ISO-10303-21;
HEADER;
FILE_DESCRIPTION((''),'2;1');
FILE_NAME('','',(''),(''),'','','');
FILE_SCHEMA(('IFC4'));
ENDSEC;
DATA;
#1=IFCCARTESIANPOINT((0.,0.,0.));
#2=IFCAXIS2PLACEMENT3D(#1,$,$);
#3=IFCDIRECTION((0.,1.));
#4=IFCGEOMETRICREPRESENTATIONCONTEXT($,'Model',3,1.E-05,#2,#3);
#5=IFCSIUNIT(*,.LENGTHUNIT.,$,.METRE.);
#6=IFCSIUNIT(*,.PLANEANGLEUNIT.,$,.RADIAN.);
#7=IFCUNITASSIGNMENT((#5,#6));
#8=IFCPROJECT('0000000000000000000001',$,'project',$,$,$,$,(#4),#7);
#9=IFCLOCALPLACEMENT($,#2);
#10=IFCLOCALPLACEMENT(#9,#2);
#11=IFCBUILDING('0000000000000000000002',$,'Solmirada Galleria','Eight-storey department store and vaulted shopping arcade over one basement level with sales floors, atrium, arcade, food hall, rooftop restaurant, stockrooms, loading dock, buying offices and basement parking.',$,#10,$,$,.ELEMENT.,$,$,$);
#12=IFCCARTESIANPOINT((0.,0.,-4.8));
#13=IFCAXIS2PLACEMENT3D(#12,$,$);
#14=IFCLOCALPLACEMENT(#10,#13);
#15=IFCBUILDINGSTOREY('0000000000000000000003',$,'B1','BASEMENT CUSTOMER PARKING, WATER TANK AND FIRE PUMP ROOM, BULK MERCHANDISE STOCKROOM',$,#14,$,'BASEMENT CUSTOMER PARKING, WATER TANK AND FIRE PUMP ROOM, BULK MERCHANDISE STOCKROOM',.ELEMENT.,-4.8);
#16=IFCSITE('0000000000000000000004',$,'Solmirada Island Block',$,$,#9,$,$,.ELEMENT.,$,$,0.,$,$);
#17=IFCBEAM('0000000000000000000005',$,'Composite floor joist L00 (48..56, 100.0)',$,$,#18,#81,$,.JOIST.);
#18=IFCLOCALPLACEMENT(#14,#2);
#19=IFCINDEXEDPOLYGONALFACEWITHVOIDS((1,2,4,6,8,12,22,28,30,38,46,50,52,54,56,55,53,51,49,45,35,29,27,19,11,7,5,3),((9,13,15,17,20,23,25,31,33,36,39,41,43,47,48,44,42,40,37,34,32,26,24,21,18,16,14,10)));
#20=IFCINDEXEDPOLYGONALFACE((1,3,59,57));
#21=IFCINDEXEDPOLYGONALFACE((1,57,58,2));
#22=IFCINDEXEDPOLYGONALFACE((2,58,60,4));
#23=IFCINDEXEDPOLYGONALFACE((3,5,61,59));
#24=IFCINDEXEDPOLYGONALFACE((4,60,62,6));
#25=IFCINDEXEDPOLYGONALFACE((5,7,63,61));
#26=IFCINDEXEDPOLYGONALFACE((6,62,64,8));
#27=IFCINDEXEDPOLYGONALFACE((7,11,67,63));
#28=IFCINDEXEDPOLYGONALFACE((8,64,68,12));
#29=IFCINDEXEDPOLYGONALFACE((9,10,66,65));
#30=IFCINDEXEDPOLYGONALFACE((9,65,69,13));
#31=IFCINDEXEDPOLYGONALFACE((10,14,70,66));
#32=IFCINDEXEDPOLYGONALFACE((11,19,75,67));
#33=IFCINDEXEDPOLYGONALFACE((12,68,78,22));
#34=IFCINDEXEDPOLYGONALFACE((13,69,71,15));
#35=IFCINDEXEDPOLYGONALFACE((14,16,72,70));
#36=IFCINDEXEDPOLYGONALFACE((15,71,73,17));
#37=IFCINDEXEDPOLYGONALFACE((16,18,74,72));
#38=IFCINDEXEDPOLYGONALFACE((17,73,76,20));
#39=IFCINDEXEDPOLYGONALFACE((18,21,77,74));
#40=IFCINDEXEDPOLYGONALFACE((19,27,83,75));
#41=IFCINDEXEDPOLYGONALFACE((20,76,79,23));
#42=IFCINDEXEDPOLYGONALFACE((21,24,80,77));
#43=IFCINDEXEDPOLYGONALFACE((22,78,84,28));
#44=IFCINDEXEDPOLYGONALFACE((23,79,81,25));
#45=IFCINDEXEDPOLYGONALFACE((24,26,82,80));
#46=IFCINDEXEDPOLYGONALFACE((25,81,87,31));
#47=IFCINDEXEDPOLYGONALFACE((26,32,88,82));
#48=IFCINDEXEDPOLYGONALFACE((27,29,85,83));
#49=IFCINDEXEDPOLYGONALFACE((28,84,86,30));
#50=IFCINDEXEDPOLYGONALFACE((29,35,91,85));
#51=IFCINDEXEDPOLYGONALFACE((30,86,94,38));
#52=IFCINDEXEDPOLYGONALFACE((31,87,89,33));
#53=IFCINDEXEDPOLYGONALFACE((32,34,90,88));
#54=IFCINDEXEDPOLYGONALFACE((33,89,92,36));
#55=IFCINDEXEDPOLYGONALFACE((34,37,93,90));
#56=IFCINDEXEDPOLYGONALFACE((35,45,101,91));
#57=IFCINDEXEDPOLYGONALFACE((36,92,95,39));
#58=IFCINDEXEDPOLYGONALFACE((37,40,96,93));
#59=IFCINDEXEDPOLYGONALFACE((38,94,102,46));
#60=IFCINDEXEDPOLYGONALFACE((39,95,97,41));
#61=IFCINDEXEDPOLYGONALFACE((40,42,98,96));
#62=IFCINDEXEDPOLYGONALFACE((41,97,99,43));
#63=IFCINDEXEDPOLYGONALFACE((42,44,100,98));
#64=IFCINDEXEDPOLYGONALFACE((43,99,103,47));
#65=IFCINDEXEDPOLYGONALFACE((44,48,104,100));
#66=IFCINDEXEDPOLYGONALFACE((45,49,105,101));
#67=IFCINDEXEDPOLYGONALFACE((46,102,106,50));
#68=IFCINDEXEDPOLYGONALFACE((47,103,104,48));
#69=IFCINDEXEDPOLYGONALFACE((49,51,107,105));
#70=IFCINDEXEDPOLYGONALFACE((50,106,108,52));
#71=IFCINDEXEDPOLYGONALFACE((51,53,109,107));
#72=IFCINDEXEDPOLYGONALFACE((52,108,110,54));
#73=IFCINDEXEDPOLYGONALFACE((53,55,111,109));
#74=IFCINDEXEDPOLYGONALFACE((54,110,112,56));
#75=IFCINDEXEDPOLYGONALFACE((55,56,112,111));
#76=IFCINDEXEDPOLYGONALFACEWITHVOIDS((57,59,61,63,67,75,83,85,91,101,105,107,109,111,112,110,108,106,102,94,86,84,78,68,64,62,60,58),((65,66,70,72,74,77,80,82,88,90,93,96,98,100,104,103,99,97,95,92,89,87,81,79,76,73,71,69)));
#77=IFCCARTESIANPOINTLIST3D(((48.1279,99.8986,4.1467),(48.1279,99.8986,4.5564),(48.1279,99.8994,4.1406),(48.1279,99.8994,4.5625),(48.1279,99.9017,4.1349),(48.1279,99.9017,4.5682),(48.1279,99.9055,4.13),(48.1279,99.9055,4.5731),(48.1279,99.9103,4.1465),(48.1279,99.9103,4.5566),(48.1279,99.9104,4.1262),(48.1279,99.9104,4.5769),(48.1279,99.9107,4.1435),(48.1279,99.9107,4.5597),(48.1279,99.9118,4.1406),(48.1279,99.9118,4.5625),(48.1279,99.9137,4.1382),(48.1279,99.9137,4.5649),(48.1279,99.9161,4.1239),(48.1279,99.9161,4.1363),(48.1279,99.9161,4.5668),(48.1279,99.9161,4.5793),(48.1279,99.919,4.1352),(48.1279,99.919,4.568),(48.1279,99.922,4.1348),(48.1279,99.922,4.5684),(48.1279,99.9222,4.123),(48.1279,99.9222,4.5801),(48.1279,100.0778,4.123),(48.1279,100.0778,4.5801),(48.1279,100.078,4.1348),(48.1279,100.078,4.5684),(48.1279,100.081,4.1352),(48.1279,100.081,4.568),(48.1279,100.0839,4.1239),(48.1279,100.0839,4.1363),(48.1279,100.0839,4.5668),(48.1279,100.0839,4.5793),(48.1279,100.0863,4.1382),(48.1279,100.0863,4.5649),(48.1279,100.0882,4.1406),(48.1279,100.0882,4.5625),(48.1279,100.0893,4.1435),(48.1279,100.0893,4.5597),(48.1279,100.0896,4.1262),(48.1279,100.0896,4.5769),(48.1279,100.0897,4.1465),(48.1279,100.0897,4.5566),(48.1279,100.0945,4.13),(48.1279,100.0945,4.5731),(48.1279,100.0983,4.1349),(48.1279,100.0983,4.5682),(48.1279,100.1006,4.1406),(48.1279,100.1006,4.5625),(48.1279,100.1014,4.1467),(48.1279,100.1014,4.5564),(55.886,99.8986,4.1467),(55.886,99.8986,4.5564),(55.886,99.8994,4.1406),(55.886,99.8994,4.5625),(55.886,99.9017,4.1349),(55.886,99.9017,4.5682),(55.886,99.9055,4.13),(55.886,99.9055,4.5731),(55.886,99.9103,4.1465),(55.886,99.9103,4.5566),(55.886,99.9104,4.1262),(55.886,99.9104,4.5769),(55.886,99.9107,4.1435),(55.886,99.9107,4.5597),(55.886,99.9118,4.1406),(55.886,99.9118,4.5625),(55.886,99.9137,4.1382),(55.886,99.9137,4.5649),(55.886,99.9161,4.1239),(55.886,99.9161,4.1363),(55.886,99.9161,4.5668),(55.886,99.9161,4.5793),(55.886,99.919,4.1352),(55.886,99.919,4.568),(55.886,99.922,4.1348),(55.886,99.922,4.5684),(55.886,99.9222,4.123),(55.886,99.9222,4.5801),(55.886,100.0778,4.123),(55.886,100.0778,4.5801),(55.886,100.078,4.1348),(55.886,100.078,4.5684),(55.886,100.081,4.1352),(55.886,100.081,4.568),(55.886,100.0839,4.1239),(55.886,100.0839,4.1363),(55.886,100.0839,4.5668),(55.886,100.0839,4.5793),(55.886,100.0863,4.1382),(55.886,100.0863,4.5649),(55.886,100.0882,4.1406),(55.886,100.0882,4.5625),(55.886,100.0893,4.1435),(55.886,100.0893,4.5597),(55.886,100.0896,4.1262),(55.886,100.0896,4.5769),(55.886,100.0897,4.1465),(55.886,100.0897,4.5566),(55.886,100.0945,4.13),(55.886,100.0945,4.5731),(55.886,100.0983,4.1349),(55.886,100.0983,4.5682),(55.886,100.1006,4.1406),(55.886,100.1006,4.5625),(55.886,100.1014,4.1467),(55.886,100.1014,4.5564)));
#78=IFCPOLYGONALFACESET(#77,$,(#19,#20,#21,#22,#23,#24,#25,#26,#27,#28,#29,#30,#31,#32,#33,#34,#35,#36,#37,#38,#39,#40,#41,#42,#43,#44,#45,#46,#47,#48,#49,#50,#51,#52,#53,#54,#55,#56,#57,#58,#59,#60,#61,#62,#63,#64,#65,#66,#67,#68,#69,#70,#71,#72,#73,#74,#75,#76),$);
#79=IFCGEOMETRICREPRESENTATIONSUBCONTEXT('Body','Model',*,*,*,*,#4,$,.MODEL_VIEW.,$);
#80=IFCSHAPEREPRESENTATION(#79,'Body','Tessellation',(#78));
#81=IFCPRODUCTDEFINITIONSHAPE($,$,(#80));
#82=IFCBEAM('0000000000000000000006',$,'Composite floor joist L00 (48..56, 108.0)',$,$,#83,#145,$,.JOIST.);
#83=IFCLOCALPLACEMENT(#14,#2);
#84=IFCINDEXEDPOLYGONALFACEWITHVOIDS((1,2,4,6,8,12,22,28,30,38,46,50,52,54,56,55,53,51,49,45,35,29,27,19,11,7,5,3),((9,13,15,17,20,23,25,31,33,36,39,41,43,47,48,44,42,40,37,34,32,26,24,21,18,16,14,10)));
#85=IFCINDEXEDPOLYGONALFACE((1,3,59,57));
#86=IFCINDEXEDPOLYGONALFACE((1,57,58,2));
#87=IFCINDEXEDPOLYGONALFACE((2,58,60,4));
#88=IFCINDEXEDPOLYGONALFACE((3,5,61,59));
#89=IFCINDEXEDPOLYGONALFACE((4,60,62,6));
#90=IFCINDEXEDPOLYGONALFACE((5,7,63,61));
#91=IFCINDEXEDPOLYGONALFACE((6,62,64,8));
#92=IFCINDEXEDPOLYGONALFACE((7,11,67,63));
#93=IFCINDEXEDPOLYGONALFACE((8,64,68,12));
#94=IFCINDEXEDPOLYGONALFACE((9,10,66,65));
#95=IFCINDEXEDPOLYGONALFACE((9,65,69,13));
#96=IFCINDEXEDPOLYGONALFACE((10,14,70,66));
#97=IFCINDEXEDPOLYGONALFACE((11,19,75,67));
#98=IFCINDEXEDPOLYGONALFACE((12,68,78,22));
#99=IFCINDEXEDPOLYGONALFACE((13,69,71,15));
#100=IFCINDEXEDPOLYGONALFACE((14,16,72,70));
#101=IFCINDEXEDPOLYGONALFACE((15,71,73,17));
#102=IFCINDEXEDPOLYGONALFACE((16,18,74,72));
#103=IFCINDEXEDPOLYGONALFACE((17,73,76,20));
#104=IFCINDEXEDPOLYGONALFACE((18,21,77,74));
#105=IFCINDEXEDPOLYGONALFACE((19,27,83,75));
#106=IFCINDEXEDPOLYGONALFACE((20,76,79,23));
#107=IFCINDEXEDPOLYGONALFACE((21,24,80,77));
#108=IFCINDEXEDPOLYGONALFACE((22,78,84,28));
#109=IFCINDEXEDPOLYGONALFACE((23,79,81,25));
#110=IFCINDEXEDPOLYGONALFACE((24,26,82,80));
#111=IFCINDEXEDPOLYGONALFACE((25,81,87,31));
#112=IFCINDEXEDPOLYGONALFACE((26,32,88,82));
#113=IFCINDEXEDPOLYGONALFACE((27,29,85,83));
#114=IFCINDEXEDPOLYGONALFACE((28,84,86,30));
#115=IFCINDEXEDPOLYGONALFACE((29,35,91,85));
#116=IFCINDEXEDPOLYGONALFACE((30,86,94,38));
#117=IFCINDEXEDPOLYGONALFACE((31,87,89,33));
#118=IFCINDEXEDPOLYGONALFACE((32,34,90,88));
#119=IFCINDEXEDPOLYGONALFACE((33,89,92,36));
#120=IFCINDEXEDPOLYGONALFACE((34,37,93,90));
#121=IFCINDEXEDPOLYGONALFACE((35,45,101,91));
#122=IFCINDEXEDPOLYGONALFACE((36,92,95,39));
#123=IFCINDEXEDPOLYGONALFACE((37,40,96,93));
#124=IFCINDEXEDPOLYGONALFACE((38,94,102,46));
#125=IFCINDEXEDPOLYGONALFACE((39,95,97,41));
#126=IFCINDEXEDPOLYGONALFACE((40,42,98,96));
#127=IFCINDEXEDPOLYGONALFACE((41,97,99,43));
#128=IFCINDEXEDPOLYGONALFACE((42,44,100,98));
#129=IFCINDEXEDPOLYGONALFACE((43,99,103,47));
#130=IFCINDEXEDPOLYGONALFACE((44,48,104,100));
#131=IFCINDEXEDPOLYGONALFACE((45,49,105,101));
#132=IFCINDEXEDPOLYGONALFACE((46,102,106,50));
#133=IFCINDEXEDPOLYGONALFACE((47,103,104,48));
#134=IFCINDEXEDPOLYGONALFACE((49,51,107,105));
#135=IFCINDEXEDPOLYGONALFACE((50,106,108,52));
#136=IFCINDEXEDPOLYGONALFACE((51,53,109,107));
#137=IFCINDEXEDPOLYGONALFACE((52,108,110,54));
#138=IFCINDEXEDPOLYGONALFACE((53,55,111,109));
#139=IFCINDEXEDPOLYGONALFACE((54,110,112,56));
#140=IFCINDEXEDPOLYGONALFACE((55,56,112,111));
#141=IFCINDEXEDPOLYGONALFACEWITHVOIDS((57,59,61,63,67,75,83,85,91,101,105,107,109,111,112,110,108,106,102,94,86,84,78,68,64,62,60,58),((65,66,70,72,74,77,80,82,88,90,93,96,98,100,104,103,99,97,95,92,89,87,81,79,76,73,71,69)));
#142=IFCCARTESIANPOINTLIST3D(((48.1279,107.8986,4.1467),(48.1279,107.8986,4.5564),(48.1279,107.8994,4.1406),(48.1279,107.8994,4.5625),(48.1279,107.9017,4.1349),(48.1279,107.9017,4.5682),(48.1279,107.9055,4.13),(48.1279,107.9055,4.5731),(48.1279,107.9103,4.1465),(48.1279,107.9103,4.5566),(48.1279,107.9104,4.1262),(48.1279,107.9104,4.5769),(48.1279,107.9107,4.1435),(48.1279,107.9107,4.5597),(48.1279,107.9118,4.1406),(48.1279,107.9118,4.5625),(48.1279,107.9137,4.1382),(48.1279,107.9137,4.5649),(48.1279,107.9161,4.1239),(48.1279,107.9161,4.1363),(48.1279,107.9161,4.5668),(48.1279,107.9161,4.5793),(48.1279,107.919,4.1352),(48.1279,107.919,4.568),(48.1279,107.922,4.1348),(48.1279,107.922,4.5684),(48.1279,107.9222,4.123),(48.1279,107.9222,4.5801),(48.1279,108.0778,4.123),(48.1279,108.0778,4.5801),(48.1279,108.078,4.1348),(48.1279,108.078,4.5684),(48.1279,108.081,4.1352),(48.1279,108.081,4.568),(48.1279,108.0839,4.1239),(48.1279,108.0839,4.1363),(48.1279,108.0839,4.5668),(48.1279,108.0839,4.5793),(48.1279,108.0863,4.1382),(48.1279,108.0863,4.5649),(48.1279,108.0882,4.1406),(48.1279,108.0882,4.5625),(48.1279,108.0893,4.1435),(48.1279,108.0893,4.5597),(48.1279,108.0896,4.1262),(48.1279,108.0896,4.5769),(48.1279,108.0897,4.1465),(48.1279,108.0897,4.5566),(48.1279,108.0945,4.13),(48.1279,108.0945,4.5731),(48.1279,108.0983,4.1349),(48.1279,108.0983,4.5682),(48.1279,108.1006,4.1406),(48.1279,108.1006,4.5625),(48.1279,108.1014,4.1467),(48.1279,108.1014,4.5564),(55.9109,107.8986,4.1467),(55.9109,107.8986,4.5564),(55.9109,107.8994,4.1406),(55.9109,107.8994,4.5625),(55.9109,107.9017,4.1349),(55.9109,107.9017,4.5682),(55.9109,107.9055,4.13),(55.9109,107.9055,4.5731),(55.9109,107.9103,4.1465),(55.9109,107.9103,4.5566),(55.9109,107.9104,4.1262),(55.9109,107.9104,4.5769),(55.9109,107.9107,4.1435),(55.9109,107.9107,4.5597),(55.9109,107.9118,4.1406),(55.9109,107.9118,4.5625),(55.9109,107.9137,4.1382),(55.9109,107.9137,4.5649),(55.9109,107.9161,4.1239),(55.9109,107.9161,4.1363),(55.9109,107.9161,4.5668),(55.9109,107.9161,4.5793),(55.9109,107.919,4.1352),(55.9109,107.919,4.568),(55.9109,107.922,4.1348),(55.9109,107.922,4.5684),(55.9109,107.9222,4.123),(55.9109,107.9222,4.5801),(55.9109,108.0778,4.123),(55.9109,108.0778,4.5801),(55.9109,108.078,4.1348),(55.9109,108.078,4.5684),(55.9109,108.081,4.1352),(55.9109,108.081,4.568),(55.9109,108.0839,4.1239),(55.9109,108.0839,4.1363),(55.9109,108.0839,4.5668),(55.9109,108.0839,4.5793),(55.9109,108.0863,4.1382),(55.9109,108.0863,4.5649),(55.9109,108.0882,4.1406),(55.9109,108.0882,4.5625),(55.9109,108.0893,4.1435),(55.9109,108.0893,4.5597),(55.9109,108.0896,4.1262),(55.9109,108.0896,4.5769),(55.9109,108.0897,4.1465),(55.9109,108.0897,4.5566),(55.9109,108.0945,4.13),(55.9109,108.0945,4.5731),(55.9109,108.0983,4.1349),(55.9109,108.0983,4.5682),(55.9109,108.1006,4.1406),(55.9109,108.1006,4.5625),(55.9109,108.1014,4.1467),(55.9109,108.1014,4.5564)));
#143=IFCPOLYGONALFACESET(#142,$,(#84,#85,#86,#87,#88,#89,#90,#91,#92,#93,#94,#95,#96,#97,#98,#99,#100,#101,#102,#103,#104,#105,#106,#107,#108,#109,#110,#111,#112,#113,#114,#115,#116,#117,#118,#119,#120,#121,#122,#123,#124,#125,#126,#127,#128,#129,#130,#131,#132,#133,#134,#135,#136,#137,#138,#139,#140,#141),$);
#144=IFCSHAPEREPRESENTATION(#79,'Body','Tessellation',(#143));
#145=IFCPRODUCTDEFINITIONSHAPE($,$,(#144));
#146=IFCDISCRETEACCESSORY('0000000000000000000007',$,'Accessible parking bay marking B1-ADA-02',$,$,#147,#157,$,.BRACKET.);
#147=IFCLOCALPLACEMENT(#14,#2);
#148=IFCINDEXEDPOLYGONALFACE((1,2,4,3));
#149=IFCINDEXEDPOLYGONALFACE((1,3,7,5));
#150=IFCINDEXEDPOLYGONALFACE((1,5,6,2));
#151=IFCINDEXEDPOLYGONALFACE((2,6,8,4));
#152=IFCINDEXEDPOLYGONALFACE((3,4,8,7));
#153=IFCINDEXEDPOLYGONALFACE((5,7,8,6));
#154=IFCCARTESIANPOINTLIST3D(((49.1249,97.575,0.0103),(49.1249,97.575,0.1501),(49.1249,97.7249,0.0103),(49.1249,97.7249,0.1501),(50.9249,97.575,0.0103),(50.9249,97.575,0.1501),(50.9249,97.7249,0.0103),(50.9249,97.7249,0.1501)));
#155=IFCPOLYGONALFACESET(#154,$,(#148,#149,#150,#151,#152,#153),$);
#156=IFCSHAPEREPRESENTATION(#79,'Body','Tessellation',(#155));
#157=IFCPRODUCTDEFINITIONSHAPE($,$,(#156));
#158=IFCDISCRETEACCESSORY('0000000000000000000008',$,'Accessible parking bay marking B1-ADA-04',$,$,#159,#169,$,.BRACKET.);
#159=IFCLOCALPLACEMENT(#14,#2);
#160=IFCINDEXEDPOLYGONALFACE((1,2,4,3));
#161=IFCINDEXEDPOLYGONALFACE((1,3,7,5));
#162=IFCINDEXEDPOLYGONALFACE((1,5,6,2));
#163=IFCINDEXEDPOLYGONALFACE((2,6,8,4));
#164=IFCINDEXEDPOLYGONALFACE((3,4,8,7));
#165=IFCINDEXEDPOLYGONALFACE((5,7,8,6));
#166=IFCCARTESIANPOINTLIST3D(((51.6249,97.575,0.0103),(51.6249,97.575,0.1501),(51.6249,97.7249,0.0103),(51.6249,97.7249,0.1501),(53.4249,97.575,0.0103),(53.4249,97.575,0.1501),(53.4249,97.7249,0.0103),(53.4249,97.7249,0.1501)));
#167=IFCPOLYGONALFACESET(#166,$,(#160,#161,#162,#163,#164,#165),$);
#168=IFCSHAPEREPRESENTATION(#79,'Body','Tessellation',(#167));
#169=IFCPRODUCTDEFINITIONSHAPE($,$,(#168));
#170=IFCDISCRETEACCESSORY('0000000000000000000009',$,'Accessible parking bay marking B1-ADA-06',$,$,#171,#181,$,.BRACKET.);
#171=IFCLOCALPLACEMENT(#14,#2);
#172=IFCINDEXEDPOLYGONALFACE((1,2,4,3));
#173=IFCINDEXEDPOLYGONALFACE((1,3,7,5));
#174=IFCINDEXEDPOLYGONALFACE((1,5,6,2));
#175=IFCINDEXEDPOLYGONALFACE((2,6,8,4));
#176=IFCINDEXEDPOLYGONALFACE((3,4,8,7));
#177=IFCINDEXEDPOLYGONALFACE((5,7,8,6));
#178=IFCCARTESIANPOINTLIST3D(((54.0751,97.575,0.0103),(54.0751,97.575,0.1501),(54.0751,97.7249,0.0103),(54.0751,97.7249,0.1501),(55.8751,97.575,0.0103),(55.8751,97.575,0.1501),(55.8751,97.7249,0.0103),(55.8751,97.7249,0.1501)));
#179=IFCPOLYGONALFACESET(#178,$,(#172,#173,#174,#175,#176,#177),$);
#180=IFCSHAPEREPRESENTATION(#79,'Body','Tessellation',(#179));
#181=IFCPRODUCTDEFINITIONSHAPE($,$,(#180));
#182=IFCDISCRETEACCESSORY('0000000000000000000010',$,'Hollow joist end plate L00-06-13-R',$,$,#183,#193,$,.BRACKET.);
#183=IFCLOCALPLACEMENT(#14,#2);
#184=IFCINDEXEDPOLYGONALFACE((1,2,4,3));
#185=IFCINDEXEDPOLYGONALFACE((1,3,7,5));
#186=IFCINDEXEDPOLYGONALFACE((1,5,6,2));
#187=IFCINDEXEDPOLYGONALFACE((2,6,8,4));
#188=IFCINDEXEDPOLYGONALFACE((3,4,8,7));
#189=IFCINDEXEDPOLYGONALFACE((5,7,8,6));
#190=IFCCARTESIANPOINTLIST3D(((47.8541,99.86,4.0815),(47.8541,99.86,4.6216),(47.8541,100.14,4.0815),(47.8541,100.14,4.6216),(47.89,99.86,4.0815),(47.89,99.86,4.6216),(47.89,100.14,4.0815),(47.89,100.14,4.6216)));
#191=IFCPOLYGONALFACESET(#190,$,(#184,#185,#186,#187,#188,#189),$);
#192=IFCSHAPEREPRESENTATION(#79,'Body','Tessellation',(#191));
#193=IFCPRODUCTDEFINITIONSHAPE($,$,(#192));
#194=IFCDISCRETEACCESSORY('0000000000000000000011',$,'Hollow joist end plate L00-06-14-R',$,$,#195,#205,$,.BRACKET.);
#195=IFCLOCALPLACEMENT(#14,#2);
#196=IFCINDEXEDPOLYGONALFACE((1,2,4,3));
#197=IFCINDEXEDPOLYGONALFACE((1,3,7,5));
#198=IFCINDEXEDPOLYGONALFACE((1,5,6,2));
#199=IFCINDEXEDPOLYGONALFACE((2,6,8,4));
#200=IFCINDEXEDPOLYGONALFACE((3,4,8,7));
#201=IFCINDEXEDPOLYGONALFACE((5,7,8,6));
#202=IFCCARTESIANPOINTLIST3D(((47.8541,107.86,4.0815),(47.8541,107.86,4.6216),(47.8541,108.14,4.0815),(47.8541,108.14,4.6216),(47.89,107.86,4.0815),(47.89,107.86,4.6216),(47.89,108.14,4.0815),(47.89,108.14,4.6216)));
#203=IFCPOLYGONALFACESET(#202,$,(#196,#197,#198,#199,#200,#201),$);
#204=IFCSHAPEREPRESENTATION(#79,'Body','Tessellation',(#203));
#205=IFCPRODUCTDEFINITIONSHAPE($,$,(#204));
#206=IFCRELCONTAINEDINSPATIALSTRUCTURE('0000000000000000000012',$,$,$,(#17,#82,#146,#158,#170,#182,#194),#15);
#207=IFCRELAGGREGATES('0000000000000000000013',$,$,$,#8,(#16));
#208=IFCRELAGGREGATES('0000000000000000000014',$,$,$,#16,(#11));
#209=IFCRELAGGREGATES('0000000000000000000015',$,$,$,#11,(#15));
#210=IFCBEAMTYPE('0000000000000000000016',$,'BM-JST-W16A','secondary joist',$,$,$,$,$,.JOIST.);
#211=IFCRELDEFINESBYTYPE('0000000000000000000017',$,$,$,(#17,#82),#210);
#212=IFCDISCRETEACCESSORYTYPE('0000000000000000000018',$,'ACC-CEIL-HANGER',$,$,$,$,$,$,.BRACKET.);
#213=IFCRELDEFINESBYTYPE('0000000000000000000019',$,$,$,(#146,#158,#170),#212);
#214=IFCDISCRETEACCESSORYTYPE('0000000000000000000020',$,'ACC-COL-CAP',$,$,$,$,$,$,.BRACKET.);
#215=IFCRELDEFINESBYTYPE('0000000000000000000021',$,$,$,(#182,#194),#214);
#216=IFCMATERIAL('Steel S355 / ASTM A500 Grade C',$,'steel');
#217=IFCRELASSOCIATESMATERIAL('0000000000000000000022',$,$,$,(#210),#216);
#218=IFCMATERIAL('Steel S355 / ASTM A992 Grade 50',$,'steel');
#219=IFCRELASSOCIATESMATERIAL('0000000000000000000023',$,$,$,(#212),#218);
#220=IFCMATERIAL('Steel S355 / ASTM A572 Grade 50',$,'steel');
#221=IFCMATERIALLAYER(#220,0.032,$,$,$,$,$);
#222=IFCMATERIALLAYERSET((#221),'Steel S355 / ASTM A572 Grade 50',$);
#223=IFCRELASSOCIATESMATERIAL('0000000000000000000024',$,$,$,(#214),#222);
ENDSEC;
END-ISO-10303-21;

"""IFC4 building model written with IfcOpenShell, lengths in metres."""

from ifc_helpers import new_model, si_unit, direction, frame, origin, origin_2d, place, context, subcontext, project, spatial, rectangle, hollow_rectangle, extrude, material, layer, layer_set, material_profile, profile_set, type_object, element, save


model = new_model("IFC4")

# Units and contexts
model_context = context("Model", 3, precision=1e-05, world=origin(), true_north=direction((0.0, 1.0)))
body_context = subcontext(model_context, "Body", "Model", "MODEL_VIEW")
ifc_project = project(units=[si_unit("LENGTHUNIT", "METRE"), si_unit("PLANEANGLEUNIT", "RADIAN")], contexts=[model_context])

# Site, building, storey
site_placement = place(None, origin())
site = spatial("IfcSite", under=ifc_project, at=site_placement, Name="Solmirada Island Block", CompositionType="ELEMENT", RefElevation=0.0)
building_placement = place(site_placement, origin())
building = spatial("IfcBuilding", under=site, at=building_placement, Name="Solmirada Galleria", Description="Eight-storey department store and vaulted shopping arcade over one basement level with sales floors, atrium, arcade, food hall, rooftop restaurant, stockrooms, loading dock, buying offices and basement parking.", CompositionType="ELEMENT")
storey_placement = place(building_placement, frame((0.0, 0.0, -4.8)))
storey = spatial("IfcBuildingStorey", under=building, at=storey_placement, Name="B1", Description="BASEMENT CUSTOMER PARKING, WATER TANK AND FIRE PUMP ROOM, BULK MERCHANDISE STOCKROOM", LongName="BASEMENT CUSTOMER PARKING, WATER TANK AND FIRE PUMP ROOM, BULK MERCHANDISE STOCKROOM", CompositionType="ELEMENT", Elevation=-4.8)

# Beams
ifc_material_1 = material(Name="Steel S355 / ASTM A992 Grade 50", Category="steel")
ifc_material_2 = material(Name="Steel S355 / ASTM A500 Grade C", Category="steel")
ifc_material_profile_1 = material_profile(ifc_material_2, hollow_rectangle(XDim=0.2029, YDim=0.457, WallThickness=0.0117, InnerFilletRadius=0.0117, OuterFilletRadius=0.0237, at=origin_2d()), Name="HSS18X8X1/2")
ifc_profile_set_1 = profile_set([ifc_material_profile_1], Name="Steel S355 / ASTM A500 Grade C")
beam_type_1 = type_object("IfcBeamType", Name="BM-JST-W16A", Description="secondary joist", PredefinedType="JOIST", material=ifc_profile_set_1)
beam_1_placement = place(storey_placement, frame((48.1279, 100.0, 4.3516), z_axis=(1.0, 0.0, 0.0), x_axis=(0.0, 1.0, 0.0)))
element("IfcBeam", 1, at=beam_1_placement, inside=storey, type_object=beam_type_1, Name="Composite floor joist L00 (48..56, 100.0)", PredefinedType="JOIST", context=body_context, shape_type="SweptSolid", body=[
    extrude(hollow_rectangle(XDim=0.2029, YDim=0.457, WallThickness=0.0117, InnerFilletRadius=0.0117, OuterFilletRadius=0.0237, at=origin_2d()), origin(), (0.0, 0.0, 1.0), 7.7581),
])
beam_2_placement = place(storey_placement, frame((48.1279, 108.0, 4.3516), z_axis=(1.0, 0.0, 0.0), x_axis=(0.0, 1.0, 0.0)))
element("IfcBeam", 2, at=beam_2_placement, inside=storey, type_object=beam_type_1, Name="Composite floor joist L00 (48..56, 108.0)", PredefinedType="JOIST", context=body_context, shape_type="SweptSolid", body=[
    extrude(hollow_rectangle(XDim=0.2029, YDim=0.457, WallThickness=0.0117, InnerFilletRadius=0.0117, OuterFilletRadius=0.0237, at=origin_2d()), origin(), (0.0, 0.0, 1.0), 7.783),
])

# Discrete accessories
discrete_accessory_type_1 = type_object("IfcDiscreteAccessoryType", Name="ACC-CEIL-HANGER", PredefinedType="BRACKET", material=ifc_material_1)
for number, where, z_axis, x_axis, name in (
    (3, (50.0249, 97.6499, 0.0103), (0.0, 0.0, 1.0), (1.0, 0.0, 0.0), "Accessible parking bay marking B1-ADA-02"),
    (4, (52.5249, 97.6499, 0.0103), (0.0, 0.0, 1.0), (1.0, 0.0, 0.0), "Accessible parking bay marking B1-ADA-04"),
    (5, (54.9751, 97.6499, 0.0103), (0.0, 0.0, 1.0), (1.0, 0.0, 0.0), "Accessible parking bay marking B1-ADA-06"),
):
    element("IfcDiscreteAccessory", number, at=place(storey_placement, frame(where, z_axis=z_axis, x_axis=x_axis)), inside=storey, type_object=discrete_accessory_type_1, Name=name, PredefinedType="BRACKET", context=body_context, shape_type="SweptSolid", body=[
        extrude(rectangle(XDim=1.8, YDim=0.1499, at=origin_2d()), origin(), (0.0, 0.0, 1.0), 0.1399),
    ])
ifc_material_3 = material(Name="Steel S355 / ASTM A572 Grade 50", Category="steel")
ifc_layer_1 = layer(ifc_material_3, 0.032)
ifc_layer_set_1 = layer_set([ifc_layer_1], Name="Steel S355 / ASTM A572 Grade 50")
discrete_accessory_type_2 = type_object("IfcDiscreteAccessoryType", Name="ACC-COL-CAP", PredefinedType="BRACKET", material=ifc_layer_set_1)
for number, where, z_axis, x_axis, name in (
    (6, (47.8721, 100.0, 4.0815), (0.0, 0.0, 1.0), (1.0, 0.0, 0.0), "Hollow joist end plate L00-06-13-R"),
    (7, (47.8721, 108.0, 4.0815), (0.0, 0.0, 1.0), (1.0, 0.0, 0.0), "Hollow joist end plate L00-06-14-R"),
):
    element("IfcDiscreteAccessory", number, at=place(storey_placement, frame(where, z_axis=z_axis, x_axis=x_axis)), inside=storey, type_object=discrete_accessory_type_2, Name=name, PredefinedType="BRACKET", context=body_context, shape_type="SweptSolid", body=[
        extrude(rectangle(XDim=0.0359, YDim=0.28, at=origin_2d()), origin(), (0.0, 0.0, 1.0), 0.54),
    ])

save(model, "model.ifc")
